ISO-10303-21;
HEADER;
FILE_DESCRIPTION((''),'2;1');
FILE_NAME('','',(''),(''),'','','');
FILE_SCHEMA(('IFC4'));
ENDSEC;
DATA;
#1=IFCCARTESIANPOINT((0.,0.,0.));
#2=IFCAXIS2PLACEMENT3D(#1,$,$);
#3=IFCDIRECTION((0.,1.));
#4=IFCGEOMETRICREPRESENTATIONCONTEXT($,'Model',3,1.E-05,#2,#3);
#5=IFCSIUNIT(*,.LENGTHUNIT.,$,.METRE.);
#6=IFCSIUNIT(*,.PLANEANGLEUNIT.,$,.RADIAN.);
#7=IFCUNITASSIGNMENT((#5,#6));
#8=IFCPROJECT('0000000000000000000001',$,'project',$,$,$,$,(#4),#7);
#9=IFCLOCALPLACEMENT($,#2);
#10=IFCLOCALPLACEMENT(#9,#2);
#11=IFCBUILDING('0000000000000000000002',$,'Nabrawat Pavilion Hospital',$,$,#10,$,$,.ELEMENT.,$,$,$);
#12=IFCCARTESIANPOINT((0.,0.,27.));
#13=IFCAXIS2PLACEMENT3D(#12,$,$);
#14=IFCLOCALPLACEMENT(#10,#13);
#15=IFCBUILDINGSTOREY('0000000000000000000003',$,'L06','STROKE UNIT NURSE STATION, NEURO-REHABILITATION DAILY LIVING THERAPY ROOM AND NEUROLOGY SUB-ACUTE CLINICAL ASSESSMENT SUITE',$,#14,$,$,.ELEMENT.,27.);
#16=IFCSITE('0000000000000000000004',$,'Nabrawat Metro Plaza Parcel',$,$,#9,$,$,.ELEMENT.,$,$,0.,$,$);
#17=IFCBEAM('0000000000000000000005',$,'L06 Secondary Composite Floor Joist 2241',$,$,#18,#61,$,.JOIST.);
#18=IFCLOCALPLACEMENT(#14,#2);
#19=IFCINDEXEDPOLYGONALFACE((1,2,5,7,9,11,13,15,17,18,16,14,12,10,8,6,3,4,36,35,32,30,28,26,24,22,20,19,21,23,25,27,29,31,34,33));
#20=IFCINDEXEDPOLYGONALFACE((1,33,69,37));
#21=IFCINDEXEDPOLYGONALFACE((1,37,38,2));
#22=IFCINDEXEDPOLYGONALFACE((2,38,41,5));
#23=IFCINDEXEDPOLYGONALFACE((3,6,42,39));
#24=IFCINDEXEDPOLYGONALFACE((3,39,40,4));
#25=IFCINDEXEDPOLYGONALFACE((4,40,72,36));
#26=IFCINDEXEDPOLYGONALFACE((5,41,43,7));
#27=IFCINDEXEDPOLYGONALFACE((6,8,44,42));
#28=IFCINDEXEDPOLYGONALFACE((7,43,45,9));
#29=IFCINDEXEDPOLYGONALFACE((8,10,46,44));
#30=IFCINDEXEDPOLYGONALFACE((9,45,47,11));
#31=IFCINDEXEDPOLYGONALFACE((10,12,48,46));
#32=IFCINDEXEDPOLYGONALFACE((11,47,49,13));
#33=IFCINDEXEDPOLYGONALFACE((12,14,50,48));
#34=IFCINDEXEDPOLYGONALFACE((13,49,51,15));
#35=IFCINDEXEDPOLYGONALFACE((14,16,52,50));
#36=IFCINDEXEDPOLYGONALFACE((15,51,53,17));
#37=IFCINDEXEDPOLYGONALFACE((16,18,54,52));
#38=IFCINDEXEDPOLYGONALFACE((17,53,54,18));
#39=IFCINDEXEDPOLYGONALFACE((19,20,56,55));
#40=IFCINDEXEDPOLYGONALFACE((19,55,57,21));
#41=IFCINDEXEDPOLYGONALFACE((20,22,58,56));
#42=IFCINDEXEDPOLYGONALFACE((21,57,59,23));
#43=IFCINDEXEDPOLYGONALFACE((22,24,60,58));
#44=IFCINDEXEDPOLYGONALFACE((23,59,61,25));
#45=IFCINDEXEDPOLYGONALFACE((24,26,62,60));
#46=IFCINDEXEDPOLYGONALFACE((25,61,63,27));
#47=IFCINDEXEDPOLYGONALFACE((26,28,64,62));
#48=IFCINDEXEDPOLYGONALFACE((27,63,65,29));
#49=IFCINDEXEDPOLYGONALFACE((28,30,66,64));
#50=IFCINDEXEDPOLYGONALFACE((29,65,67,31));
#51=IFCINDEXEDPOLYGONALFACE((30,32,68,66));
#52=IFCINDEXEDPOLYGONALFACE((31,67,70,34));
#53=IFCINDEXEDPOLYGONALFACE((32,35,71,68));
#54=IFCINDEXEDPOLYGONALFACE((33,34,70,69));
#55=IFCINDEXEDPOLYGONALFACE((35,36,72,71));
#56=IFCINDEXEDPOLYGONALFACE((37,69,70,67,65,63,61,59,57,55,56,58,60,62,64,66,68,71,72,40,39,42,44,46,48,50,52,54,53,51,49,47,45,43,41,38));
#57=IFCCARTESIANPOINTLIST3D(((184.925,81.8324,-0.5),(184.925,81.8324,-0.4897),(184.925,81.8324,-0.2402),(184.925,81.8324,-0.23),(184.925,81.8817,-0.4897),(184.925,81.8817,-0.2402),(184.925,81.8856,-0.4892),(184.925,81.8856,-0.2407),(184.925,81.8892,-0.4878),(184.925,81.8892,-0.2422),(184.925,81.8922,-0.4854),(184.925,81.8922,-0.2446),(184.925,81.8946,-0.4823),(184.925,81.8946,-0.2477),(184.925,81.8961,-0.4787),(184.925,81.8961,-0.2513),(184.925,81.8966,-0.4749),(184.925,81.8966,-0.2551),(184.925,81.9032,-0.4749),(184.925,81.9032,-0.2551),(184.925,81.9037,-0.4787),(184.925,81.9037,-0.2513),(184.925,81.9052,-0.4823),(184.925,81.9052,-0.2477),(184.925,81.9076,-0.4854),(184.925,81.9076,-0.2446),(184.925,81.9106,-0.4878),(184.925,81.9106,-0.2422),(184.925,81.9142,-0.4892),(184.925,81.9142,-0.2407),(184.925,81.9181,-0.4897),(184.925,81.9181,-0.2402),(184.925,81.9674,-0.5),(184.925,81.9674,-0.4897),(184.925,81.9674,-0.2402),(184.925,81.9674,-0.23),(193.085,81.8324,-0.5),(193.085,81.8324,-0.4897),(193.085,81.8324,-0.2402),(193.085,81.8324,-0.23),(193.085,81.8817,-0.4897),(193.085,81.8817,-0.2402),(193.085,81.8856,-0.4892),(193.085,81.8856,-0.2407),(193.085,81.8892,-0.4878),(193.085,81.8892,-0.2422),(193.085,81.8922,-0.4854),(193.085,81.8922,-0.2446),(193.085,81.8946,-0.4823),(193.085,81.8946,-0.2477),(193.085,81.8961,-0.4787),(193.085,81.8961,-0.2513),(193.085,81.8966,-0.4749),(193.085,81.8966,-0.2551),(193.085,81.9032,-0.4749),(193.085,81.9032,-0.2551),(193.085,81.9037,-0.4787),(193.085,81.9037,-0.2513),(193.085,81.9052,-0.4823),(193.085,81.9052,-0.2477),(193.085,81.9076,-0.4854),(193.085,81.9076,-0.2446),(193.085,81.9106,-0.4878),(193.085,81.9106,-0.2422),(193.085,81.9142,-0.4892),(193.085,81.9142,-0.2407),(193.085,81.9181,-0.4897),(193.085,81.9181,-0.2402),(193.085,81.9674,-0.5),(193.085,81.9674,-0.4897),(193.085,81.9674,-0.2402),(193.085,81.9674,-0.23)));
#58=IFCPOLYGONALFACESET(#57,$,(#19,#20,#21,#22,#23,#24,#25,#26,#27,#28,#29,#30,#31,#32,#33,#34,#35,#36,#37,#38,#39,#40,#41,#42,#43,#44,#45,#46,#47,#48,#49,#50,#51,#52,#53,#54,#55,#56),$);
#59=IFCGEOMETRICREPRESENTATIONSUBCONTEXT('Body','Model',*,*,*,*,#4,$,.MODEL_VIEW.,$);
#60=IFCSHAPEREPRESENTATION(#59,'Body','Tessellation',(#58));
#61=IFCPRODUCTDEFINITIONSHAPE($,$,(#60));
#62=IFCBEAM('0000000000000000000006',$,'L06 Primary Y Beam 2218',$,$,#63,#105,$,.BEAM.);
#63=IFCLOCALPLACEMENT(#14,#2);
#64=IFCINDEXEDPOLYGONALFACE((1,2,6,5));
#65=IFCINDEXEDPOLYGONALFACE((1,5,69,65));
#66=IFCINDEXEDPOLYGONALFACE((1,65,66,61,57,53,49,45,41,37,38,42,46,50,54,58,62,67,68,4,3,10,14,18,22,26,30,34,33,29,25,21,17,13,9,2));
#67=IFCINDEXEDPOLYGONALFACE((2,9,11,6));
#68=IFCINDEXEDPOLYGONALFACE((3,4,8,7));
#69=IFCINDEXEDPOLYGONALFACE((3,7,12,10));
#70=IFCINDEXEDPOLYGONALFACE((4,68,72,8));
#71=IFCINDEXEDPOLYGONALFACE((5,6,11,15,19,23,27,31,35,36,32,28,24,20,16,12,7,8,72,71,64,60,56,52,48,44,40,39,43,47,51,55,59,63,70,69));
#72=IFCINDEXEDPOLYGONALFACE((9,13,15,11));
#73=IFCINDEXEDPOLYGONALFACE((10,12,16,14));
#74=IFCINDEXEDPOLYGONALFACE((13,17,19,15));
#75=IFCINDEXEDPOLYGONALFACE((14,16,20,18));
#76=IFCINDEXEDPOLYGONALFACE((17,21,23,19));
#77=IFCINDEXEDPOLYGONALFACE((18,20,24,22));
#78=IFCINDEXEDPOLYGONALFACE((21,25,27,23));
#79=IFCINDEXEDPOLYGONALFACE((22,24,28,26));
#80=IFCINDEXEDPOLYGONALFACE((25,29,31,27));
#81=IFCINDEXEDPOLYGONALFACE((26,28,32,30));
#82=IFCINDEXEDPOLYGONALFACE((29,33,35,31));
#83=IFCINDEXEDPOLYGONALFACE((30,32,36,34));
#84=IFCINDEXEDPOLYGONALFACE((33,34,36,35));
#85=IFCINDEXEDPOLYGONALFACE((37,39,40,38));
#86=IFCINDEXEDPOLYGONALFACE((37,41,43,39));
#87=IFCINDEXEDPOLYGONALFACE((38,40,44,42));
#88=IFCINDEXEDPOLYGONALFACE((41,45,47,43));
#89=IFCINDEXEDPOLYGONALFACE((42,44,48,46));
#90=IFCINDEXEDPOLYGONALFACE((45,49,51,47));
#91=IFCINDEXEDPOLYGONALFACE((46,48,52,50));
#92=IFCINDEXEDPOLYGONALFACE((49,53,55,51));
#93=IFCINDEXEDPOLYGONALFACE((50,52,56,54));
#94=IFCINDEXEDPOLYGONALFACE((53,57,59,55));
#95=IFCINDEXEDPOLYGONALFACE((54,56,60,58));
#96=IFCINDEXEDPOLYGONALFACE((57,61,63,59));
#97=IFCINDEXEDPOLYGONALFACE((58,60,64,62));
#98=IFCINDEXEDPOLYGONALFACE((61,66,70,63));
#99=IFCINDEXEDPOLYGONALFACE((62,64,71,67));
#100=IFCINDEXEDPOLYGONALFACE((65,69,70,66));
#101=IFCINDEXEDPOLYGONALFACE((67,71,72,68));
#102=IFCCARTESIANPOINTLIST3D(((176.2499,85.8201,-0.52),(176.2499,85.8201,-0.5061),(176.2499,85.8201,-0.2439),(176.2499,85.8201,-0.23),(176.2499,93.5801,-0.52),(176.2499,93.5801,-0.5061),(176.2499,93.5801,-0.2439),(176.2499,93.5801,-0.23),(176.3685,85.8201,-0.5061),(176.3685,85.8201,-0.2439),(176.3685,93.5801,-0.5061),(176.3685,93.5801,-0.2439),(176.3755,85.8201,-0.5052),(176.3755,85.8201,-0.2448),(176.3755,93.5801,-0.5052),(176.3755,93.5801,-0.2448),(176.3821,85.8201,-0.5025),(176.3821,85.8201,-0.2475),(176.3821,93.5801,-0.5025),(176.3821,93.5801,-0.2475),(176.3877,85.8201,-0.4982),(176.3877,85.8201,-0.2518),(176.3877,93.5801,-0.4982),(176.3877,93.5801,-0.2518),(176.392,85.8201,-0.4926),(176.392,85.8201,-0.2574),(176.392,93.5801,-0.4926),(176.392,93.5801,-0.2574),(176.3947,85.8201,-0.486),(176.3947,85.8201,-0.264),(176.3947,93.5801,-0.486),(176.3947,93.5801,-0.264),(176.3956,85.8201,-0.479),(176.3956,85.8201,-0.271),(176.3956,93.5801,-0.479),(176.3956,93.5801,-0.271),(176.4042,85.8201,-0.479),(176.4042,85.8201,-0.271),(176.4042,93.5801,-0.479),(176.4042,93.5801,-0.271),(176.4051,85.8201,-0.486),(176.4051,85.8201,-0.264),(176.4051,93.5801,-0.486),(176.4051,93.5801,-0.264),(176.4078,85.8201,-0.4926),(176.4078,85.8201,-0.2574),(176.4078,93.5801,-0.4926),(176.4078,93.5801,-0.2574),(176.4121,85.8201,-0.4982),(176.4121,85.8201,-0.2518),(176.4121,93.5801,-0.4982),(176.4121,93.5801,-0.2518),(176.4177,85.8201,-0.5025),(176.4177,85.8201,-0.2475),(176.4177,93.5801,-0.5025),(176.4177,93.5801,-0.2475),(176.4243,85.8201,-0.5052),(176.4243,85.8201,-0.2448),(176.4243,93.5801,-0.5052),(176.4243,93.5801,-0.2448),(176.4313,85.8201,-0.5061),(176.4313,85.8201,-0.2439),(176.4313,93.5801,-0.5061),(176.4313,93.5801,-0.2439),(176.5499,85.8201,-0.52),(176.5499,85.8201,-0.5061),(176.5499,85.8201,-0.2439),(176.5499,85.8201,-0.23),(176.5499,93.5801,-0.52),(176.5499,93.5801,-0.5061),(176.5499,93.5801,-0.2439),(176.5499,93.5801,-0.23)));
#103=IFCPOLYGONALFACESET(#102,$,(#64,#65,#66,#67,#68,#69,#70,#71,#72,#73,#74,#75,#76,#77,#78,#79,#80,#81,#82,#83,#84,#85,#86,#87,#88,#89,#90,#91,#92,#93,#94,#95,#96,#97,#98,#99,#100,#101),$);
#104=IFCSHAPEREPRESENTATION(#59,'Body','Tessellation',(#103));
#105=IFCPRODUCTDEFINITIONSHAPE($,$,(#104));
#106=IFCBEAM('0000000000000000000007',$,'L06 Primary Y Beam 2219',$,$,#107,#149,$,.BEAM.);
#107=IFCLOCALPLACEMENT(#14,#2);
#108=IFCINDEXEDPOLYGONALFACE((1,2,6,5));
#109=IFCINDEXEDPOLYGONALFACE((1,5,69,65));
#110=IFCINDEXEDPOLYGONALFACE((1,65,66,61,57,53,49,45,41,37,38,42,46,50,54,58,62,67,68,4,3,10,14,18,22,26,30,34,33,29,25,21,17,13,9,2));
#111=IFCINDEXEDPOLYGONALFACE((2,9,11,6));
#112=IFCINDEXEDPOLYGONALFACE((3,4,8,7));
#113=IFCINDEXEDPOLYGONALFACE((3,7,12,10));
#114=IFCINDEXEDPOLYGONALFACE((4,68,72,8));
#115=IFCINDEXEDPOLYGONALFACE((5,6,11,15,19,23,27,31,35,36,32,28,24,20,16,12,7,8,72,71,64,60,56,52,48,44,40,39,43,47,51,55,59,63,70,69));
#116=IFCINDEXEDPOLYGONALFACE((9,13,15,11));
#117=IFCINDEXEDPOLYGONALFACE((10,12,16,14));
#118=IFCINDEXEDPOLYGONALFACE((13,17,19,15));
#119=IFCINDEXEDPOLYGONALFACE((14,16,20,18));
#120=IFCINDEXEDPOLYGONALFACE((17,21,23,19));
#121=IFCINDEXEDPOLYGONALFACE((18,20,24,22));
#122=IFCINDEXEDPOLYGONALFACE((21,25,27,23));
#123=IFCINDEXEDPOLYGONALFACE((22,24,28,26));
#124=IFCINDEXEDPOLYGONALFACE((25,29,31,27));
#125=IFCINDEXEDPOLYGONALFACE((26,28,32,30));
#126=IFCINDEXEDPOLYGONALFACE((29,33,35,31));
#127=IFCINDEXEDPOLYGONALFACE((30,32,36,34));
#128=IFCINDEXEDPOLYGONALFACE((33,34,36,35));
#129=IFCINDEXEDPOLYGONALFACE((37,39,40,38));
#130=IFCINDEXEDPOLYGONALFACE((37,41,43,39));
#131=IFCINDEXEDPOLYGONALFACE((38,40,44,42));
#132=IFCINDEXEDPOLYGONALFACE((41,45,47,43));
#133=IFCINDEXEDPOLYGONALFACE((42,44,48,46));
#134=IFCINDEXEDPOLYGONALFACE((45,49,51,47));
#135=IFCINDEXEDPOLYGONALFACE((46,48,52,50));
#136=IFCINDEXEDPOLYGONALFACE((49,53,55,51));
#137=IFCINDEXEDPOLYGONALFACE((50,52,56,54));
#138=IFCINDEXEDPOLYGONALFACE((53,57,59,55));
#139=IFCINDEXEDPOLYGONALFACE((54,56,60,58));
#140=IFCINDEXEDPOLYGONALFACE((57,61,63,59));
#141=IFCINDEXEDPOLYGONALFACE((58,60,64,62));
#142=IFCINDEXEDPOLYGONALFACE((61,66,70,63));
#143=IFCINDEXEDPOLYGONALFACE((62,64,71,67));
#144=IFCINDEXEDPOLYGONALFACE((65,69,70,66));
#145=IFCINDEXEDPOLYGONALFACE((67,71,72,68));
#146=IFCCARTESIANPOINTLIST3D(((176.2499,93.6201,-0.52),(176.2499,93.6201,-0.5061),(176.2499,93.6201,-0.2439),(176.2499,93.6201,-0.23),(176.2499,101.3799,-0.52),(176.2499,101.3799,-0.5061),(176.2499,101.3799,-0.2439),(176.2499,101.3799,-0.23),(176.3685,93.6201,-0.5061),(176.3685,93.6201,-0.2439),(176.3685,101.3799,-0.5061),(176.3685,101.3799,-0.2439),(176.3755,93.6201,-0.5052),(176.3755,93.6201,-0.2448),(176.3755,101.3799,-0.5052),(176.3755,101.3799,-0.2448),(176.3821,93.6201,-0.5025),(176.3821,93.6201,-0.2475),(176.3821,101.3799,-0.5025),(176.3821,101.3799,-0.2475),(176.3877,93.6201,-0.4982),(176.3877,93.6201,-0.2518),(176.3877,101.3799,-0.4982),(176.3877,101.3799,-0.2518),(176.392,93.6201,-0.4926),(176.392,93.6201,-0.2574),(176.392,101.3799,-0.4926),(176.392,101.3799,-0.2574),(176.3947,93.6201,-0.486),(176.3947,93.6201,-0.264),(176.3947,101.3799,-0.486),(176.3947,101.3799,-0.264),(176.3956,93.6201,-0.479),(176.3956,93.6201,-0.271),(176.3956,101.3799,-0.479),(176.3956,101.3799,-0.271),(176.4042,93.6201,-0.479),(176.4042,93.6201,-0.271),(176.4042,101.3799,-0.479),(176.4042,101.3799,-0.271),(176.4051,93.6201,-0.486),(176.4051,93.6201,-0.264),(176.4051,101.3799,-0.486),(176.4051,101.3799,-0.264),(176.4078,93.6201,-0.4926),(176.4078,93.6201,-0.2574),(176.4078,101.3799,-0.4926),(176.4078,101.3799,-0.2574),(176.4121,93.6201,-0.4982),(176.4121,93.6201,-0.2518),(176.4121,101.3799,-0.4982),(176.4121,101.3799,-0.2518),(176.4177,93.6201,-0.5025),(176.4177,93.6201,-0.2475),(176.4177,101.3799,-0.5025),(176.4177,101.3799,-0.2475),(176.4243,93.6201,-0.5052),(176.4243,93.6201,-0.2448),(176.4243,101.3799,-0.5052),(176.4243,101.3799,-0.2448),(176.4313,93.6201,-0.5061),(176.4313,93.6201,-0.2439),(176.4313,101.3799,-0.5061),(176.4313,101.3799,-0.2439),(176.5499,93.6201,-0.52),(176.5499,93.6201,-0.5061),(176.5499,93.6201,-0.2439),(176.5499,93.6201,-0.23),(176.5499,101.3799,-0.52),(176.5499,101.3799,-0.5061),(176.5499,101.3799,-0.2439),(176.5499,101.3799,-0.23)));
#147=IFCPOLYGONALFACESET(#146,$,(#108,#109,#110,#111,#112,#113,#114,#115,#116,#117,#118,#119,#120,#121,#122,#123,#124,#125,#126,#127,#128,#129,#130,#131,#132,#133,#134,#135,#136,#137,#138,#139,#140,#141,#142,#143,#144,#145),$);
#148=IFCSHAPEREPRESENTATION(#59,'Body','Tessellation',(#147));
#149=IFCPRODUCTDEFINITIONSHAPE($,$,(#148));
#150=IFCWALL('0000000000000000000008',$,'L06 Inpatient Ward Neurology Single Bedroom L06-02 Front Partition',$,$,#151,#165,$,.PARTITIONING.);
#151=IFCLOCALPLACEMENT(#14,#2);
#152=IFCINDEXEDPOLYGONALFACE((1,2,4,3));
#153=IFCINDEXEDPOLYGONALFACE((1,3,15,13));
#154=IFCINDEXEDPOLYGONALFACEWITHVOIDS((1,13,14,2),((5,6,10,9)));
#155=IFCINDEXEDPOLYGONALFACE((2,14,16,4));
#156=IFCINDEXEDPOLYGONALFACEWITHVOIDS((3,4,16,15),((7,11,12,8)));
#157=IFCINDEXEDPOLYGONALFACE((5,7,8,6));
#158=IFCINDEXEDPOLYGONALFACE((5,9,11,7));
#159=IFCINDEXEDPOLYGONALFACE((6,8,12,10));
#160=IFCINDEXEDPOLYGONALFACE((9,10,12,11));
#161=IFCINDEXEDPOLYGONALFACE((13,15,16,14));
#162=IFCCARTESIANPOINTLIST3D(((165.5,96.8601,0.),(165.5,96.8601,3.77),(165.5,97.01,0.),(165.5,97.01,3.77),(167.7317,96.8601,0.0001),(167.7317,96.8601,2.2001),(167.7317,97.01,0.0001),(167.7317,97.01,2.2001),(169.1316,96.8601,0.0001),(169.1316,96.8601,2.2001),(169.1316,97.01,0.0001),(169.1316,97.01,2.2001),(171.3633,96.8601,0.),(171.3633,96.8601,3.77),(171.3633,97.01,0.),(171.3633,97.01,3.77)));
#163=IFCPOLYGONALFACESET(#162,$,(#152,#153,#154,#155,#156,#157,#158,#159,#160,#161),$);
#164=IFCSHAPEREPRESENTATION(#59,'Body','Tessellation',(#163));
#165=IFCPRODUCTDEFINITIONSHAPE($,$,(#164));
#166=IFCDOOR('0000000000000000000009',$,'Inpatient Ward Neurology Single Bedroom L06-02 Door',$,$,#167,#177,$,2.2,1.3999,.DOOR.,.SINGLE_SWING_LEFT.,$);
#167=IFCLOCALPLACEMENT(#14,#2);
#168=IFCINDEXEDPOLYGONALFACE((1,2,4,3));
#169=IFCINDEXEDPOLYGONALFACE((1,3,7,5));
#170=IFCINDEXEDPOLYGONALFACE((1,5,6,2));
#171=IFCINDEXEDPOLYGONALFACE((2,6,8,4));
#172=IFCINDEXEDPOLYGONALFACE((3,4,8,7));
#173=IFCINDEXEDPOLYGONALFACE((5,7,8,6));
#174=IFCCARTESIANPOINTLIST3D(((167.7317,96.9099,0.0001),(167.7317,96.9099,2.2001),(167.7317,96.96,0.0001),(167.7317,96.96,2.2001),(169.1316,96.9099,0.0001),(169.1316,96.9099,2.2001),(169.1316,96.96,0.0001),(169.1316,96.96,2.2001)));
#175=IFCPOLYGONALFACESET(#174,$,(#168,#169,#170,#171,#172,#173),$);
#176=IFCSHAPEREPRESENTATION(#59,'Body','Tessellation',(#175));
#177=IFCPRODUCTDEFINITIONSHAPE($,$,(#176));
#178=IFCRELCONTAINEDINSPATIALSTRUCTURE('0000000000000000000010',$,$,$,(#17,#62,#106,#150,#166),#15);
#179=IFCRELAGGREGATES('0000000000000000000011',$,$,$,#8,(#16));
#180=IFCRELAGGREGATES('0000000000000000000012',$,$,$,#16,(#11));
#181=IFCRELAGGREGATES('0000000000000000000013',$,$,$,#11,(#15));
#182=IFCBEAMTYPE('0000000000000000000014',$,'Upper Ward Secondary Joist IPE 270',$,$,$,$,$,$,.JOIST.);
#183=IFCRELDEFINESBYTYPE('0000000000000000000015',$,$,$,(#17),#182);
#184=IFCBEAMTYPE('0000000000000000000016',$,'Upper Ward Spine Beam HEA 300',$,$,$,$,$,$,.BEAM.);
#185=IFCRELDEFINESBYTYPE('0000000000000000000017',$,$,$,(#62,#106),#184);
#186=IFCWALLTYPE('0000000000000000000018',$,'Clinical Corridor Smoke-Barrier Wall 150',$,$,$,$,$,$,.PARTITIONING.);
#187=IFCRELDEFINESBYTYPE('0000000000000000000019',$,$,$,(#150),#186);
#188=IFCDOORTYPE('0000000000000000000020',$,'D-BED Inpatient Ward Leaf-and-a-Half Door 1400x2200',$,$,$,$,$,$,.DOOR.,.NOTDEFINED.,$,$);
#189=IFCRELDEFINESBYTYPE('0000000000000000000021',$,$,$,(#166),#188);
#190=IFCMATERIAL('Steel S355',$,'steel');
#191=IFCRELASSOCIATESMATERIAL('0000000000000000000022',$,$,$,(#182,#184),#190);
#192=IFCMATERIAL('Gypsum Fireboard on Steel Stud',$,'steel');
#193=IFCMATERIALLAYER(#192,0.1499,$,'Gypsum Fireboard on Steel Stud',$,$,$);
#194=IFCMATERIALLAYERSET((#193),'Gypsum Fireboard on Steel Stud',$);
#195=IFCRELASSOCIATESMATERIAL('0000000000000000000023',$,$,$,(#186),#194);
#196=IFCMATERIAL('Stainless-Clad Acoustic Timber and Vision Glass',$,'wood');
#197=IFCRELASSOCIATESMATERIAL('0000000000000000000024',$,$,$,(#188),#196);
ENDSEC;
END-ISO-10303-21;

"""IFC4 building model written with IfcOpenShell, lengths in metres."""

from ifc_helpers import new_model, si_unit, direction, frame, frame_2d, origin, origin_2d, place, context, subcontext, project, spatial, rectangle, i_section, extrude, material, layer, layer_set, material_profile, profile_set, type_object, element, fill, save


model = new_model("IFC4")

# Units and contexts
model_context = context("Model", 3, precision=1e-05, world=origin(), true_north=direction((0.0, 1.0)))
body_context = subcontext(model_context, "Body", "Model", "MODEL_VIEW")
ifc_project = project(units=[si_unit("LENGTHUNIT", "METRE"), si_unit("PLANEANGLEUNIT", "RADIAN")], contexts=[model_context])

# Site, building, storey
site_placement = place(None, origin())
site = spatial("IfcSite", under=ifc_project, at=site_placement, Name="Nabrawat Metro Plaza Parcel", CompositionType="ELEMENT", RefElevation=0.0)
building_placement = place(site_placement, origin())
building = spatial("IfcBuilding", under=site, at=building_placement, Name="Nabrawat Pavilion Hospital", CompositionType="ELEMENT")
storey_placement = place(building_placement, frame((0.0, 0.0, 27.0)))
storey = spatial("IfcBuildingStorey", under=building, at=storey_placement, Name="L06", Description="STROKE UNIT NURSE STATION, NEURO-REHABILITATION DAILY LIVING THERAPY ROOM AND NEUROLOGY SUB-ACUTE CLINICAL ASSESSMENT SUITE", CompositionType="ELEMENT", Elevation=27.0)

# Shared definitions
ifc_material_1 = material(Name="Steel S355", Category="steel")

# Beams
ifc_material_profile_1 = material_profile(ifc_material_1, i_section(OverallWidth=0.135, OverallDepth=0.27, WebThickness=0.0066, FlangeThickness=0.0103, FilletRadius=0.0149, at=origin_2d()), Name="IPE 270")
ifc_profile_set_1 = profile_set([ifc_material_profile_1], Name="Steel S355")
beam_type_1 = type_object("IfcBeamType", Name="Upper Ward Secondary Joist IPE 270", PredefinedType="JOIST", material=ifc_profile_set_1)
beam_1_placement = place(storey_placement, frame((184.925, 81.8999, -0.365), z_axis=(1.0, 0.0, 0.0), x_axis=(0.0, 1.0, 0.0)))
element("IfcBeam", 1, at=beam_1_placement, inside=storey, type_object=beam_type_1, Name="L06 Secondary Composite Floor Joist 2241", PredefinedType="JOIST", context=body_context, shape_type="SweptSolid", body=[
    extrude(i_section(OverallWidth=0.135, OverallDepth=0.27, WebThickness=0.0066, FlangeThickness=0.0103, FilletRadius=0.0149, at=origin_2d()), origin(), (0.0, 0.0, 1.0), 8.1599),
])
ifc_material_profile_2 = material_profile(ifc_material_1, i_section(OverallWidth=0.3, OverallDepth=0.29, WebThickness=0.0085, FlangeThickness=0.0139, FilletRadius=0.0271, at=origin_2d()), Name="HEA 300")
ifc_profile_set_2 = profile_set([ifc_material_profile_2], Name="Steel S355")
beam_type_2 = type_object("IfcBeamType", Name="Upper Ward Spine Beam HEA 300", PredefinedType="BEAM", material=ifc_profile_set_2)
beam_2_placement = place(storey_placement, frame((176.3999, 85.8201, -0.375), z_axis=(0.0, 1.0, 0.0), x_axis=(-1.0, 0.0, 0.0)))
element("IfcBeam", 2, at=beam_2_placement, inside=storey, type_object=beam_type_2, Name="L06 Primary Y Beam 2218", PredefinedType="BEAM", context=body_context, shape_type="SweptSolid", body=[
    extrude(i_section(OverallWidth=0.3, OverallDepth=0.29, WebThickness=0.0085, FlangeThickness=0.0139, FilletRadius=0.0271, at=origin_2d()), origin(), (0.0, 0.0, 1.0), 7.76),
])
beam_3_placement = place(storey_placement, frame((176.3999, 93.6201, -0.375), z_axis=(0.0, 1.0, 0.0), x_axis=(-1.0, 0.0, 0.0)))
element("IfcBeam", 3, at=beam_3_placement, inside=storey, type_object=beam_type_2, Name="L06 Primary Y Beam 2219", PredefinedType="BEAM", context=body_context, shape_type="SweptSolid", body=[
    extrude(i_section(OverallWidth=0.3, OverallDepth=0.29, WebThickness=0.0085, FlangeThickness=0.0139, FilletRadius=0.0271, at=origin_2d()), origin(), (0.0, 0.0, 1.0), 7.7598),
])

# Wall, opening, door
ifc_material_2 = material(Name="Gypsum Fireboard on Steel Stud", Category="steel")
ifc_layer_1 = layer(ifc_material_2, 0.1499, Name="Gypsum Fireboard on Steel Stud")
ifc_layer_set_1 = layer_set([ifc_layer_1], Name="Gypsum Fireboard on Steel Stud")
wall_type_1 = type_object("IfcWallType", Name="Clinical Corridor Smoke-Barrier Wall 150", PredefinedType="PARTITIONING", material=ifc_layer_set_1)
wall_1_placement = place(storey_placement, frame((165.5, 96.9351, 0.0), z_axis=(0.0, 0.0, 1.0), x_axis=(1.0, 0.0, 0.0)))
wall_1 = element("IfcWall", 4, at=wall_1_placement, inside=storey, type_object=wall_type_1, Name="L06 Inpatient Ward Neurology Single Bedroom L06-02 Front Partition", PredefinedType="PARTITIONING", context=body_context, shape_type="SweptSolid", body=[
    extrude(rectangle(XDim=5.8633, YDim=0.1499, at=frame_2d((2.9316, 0.0))), origin(), (0.0, 0.0, 1.0), 3.77),
])
opening_1_placement = place(wall_1_placement, frame((2.2317, 0.0, 0.0)))
opening_1 = element("IfcOpeningElement", 5, at=opening_1_placement, cuts=wall_1, PredefinedType="OPENING", context=body_context, shape_type="SweptSolid", body=[
    extrude(rectangle(XDim=1.3999, YDim=2.2, at=frame_2d((0.7, 1.1001))), frame((0.0, 0.085, 0.0), z_axis=(0.0, -1.0, 0.0), x_axis=(1.0, 0.0, 0.0)), (0.0, 0.0, 1.0), 0.1699),
])
ifc_material_3 = material(Name="Stainless-Clad Acoustic Timber and Vision Glass", Category="wood")
door_type_1 = type_object("IfcDoorType", Name="D-BED Inpatient Ward Leaf-and-a-Half Door 1400x2200", OperationType="NOTDEFINED", PredefinedType="DOOR", material=ifc_material_3)
door_1_placement = place(opening_1_placement, origin())
door_1 = element("IfcDoor", 6, at=door_1_placement, inside=storey, type_object=door_type_1, Name="Inpatient Ward Neurology Single Bedroom L06-02 Door", OperationType="SINGLE_SWING_LEFT", OverallHeight=2.2, OverallWidth=1.3999, PredefinedType="DOOR", context=body_context, shape_type="SweptSolid", body=[
    extrude(rectangle(XDim=1.3999, YDim=2.2, at=frame_2d((0.7, 1.1001))), frame((0.0, 0.0249, 0.0), z_axis=(0.0, -1.0, 0.0), x_axis=(1.0, 0.0, 0.0)), (0.0, 0.0, 1.0), 0.05),
])
fill(opening_1, door_1)

save(model, "model.ifc")
